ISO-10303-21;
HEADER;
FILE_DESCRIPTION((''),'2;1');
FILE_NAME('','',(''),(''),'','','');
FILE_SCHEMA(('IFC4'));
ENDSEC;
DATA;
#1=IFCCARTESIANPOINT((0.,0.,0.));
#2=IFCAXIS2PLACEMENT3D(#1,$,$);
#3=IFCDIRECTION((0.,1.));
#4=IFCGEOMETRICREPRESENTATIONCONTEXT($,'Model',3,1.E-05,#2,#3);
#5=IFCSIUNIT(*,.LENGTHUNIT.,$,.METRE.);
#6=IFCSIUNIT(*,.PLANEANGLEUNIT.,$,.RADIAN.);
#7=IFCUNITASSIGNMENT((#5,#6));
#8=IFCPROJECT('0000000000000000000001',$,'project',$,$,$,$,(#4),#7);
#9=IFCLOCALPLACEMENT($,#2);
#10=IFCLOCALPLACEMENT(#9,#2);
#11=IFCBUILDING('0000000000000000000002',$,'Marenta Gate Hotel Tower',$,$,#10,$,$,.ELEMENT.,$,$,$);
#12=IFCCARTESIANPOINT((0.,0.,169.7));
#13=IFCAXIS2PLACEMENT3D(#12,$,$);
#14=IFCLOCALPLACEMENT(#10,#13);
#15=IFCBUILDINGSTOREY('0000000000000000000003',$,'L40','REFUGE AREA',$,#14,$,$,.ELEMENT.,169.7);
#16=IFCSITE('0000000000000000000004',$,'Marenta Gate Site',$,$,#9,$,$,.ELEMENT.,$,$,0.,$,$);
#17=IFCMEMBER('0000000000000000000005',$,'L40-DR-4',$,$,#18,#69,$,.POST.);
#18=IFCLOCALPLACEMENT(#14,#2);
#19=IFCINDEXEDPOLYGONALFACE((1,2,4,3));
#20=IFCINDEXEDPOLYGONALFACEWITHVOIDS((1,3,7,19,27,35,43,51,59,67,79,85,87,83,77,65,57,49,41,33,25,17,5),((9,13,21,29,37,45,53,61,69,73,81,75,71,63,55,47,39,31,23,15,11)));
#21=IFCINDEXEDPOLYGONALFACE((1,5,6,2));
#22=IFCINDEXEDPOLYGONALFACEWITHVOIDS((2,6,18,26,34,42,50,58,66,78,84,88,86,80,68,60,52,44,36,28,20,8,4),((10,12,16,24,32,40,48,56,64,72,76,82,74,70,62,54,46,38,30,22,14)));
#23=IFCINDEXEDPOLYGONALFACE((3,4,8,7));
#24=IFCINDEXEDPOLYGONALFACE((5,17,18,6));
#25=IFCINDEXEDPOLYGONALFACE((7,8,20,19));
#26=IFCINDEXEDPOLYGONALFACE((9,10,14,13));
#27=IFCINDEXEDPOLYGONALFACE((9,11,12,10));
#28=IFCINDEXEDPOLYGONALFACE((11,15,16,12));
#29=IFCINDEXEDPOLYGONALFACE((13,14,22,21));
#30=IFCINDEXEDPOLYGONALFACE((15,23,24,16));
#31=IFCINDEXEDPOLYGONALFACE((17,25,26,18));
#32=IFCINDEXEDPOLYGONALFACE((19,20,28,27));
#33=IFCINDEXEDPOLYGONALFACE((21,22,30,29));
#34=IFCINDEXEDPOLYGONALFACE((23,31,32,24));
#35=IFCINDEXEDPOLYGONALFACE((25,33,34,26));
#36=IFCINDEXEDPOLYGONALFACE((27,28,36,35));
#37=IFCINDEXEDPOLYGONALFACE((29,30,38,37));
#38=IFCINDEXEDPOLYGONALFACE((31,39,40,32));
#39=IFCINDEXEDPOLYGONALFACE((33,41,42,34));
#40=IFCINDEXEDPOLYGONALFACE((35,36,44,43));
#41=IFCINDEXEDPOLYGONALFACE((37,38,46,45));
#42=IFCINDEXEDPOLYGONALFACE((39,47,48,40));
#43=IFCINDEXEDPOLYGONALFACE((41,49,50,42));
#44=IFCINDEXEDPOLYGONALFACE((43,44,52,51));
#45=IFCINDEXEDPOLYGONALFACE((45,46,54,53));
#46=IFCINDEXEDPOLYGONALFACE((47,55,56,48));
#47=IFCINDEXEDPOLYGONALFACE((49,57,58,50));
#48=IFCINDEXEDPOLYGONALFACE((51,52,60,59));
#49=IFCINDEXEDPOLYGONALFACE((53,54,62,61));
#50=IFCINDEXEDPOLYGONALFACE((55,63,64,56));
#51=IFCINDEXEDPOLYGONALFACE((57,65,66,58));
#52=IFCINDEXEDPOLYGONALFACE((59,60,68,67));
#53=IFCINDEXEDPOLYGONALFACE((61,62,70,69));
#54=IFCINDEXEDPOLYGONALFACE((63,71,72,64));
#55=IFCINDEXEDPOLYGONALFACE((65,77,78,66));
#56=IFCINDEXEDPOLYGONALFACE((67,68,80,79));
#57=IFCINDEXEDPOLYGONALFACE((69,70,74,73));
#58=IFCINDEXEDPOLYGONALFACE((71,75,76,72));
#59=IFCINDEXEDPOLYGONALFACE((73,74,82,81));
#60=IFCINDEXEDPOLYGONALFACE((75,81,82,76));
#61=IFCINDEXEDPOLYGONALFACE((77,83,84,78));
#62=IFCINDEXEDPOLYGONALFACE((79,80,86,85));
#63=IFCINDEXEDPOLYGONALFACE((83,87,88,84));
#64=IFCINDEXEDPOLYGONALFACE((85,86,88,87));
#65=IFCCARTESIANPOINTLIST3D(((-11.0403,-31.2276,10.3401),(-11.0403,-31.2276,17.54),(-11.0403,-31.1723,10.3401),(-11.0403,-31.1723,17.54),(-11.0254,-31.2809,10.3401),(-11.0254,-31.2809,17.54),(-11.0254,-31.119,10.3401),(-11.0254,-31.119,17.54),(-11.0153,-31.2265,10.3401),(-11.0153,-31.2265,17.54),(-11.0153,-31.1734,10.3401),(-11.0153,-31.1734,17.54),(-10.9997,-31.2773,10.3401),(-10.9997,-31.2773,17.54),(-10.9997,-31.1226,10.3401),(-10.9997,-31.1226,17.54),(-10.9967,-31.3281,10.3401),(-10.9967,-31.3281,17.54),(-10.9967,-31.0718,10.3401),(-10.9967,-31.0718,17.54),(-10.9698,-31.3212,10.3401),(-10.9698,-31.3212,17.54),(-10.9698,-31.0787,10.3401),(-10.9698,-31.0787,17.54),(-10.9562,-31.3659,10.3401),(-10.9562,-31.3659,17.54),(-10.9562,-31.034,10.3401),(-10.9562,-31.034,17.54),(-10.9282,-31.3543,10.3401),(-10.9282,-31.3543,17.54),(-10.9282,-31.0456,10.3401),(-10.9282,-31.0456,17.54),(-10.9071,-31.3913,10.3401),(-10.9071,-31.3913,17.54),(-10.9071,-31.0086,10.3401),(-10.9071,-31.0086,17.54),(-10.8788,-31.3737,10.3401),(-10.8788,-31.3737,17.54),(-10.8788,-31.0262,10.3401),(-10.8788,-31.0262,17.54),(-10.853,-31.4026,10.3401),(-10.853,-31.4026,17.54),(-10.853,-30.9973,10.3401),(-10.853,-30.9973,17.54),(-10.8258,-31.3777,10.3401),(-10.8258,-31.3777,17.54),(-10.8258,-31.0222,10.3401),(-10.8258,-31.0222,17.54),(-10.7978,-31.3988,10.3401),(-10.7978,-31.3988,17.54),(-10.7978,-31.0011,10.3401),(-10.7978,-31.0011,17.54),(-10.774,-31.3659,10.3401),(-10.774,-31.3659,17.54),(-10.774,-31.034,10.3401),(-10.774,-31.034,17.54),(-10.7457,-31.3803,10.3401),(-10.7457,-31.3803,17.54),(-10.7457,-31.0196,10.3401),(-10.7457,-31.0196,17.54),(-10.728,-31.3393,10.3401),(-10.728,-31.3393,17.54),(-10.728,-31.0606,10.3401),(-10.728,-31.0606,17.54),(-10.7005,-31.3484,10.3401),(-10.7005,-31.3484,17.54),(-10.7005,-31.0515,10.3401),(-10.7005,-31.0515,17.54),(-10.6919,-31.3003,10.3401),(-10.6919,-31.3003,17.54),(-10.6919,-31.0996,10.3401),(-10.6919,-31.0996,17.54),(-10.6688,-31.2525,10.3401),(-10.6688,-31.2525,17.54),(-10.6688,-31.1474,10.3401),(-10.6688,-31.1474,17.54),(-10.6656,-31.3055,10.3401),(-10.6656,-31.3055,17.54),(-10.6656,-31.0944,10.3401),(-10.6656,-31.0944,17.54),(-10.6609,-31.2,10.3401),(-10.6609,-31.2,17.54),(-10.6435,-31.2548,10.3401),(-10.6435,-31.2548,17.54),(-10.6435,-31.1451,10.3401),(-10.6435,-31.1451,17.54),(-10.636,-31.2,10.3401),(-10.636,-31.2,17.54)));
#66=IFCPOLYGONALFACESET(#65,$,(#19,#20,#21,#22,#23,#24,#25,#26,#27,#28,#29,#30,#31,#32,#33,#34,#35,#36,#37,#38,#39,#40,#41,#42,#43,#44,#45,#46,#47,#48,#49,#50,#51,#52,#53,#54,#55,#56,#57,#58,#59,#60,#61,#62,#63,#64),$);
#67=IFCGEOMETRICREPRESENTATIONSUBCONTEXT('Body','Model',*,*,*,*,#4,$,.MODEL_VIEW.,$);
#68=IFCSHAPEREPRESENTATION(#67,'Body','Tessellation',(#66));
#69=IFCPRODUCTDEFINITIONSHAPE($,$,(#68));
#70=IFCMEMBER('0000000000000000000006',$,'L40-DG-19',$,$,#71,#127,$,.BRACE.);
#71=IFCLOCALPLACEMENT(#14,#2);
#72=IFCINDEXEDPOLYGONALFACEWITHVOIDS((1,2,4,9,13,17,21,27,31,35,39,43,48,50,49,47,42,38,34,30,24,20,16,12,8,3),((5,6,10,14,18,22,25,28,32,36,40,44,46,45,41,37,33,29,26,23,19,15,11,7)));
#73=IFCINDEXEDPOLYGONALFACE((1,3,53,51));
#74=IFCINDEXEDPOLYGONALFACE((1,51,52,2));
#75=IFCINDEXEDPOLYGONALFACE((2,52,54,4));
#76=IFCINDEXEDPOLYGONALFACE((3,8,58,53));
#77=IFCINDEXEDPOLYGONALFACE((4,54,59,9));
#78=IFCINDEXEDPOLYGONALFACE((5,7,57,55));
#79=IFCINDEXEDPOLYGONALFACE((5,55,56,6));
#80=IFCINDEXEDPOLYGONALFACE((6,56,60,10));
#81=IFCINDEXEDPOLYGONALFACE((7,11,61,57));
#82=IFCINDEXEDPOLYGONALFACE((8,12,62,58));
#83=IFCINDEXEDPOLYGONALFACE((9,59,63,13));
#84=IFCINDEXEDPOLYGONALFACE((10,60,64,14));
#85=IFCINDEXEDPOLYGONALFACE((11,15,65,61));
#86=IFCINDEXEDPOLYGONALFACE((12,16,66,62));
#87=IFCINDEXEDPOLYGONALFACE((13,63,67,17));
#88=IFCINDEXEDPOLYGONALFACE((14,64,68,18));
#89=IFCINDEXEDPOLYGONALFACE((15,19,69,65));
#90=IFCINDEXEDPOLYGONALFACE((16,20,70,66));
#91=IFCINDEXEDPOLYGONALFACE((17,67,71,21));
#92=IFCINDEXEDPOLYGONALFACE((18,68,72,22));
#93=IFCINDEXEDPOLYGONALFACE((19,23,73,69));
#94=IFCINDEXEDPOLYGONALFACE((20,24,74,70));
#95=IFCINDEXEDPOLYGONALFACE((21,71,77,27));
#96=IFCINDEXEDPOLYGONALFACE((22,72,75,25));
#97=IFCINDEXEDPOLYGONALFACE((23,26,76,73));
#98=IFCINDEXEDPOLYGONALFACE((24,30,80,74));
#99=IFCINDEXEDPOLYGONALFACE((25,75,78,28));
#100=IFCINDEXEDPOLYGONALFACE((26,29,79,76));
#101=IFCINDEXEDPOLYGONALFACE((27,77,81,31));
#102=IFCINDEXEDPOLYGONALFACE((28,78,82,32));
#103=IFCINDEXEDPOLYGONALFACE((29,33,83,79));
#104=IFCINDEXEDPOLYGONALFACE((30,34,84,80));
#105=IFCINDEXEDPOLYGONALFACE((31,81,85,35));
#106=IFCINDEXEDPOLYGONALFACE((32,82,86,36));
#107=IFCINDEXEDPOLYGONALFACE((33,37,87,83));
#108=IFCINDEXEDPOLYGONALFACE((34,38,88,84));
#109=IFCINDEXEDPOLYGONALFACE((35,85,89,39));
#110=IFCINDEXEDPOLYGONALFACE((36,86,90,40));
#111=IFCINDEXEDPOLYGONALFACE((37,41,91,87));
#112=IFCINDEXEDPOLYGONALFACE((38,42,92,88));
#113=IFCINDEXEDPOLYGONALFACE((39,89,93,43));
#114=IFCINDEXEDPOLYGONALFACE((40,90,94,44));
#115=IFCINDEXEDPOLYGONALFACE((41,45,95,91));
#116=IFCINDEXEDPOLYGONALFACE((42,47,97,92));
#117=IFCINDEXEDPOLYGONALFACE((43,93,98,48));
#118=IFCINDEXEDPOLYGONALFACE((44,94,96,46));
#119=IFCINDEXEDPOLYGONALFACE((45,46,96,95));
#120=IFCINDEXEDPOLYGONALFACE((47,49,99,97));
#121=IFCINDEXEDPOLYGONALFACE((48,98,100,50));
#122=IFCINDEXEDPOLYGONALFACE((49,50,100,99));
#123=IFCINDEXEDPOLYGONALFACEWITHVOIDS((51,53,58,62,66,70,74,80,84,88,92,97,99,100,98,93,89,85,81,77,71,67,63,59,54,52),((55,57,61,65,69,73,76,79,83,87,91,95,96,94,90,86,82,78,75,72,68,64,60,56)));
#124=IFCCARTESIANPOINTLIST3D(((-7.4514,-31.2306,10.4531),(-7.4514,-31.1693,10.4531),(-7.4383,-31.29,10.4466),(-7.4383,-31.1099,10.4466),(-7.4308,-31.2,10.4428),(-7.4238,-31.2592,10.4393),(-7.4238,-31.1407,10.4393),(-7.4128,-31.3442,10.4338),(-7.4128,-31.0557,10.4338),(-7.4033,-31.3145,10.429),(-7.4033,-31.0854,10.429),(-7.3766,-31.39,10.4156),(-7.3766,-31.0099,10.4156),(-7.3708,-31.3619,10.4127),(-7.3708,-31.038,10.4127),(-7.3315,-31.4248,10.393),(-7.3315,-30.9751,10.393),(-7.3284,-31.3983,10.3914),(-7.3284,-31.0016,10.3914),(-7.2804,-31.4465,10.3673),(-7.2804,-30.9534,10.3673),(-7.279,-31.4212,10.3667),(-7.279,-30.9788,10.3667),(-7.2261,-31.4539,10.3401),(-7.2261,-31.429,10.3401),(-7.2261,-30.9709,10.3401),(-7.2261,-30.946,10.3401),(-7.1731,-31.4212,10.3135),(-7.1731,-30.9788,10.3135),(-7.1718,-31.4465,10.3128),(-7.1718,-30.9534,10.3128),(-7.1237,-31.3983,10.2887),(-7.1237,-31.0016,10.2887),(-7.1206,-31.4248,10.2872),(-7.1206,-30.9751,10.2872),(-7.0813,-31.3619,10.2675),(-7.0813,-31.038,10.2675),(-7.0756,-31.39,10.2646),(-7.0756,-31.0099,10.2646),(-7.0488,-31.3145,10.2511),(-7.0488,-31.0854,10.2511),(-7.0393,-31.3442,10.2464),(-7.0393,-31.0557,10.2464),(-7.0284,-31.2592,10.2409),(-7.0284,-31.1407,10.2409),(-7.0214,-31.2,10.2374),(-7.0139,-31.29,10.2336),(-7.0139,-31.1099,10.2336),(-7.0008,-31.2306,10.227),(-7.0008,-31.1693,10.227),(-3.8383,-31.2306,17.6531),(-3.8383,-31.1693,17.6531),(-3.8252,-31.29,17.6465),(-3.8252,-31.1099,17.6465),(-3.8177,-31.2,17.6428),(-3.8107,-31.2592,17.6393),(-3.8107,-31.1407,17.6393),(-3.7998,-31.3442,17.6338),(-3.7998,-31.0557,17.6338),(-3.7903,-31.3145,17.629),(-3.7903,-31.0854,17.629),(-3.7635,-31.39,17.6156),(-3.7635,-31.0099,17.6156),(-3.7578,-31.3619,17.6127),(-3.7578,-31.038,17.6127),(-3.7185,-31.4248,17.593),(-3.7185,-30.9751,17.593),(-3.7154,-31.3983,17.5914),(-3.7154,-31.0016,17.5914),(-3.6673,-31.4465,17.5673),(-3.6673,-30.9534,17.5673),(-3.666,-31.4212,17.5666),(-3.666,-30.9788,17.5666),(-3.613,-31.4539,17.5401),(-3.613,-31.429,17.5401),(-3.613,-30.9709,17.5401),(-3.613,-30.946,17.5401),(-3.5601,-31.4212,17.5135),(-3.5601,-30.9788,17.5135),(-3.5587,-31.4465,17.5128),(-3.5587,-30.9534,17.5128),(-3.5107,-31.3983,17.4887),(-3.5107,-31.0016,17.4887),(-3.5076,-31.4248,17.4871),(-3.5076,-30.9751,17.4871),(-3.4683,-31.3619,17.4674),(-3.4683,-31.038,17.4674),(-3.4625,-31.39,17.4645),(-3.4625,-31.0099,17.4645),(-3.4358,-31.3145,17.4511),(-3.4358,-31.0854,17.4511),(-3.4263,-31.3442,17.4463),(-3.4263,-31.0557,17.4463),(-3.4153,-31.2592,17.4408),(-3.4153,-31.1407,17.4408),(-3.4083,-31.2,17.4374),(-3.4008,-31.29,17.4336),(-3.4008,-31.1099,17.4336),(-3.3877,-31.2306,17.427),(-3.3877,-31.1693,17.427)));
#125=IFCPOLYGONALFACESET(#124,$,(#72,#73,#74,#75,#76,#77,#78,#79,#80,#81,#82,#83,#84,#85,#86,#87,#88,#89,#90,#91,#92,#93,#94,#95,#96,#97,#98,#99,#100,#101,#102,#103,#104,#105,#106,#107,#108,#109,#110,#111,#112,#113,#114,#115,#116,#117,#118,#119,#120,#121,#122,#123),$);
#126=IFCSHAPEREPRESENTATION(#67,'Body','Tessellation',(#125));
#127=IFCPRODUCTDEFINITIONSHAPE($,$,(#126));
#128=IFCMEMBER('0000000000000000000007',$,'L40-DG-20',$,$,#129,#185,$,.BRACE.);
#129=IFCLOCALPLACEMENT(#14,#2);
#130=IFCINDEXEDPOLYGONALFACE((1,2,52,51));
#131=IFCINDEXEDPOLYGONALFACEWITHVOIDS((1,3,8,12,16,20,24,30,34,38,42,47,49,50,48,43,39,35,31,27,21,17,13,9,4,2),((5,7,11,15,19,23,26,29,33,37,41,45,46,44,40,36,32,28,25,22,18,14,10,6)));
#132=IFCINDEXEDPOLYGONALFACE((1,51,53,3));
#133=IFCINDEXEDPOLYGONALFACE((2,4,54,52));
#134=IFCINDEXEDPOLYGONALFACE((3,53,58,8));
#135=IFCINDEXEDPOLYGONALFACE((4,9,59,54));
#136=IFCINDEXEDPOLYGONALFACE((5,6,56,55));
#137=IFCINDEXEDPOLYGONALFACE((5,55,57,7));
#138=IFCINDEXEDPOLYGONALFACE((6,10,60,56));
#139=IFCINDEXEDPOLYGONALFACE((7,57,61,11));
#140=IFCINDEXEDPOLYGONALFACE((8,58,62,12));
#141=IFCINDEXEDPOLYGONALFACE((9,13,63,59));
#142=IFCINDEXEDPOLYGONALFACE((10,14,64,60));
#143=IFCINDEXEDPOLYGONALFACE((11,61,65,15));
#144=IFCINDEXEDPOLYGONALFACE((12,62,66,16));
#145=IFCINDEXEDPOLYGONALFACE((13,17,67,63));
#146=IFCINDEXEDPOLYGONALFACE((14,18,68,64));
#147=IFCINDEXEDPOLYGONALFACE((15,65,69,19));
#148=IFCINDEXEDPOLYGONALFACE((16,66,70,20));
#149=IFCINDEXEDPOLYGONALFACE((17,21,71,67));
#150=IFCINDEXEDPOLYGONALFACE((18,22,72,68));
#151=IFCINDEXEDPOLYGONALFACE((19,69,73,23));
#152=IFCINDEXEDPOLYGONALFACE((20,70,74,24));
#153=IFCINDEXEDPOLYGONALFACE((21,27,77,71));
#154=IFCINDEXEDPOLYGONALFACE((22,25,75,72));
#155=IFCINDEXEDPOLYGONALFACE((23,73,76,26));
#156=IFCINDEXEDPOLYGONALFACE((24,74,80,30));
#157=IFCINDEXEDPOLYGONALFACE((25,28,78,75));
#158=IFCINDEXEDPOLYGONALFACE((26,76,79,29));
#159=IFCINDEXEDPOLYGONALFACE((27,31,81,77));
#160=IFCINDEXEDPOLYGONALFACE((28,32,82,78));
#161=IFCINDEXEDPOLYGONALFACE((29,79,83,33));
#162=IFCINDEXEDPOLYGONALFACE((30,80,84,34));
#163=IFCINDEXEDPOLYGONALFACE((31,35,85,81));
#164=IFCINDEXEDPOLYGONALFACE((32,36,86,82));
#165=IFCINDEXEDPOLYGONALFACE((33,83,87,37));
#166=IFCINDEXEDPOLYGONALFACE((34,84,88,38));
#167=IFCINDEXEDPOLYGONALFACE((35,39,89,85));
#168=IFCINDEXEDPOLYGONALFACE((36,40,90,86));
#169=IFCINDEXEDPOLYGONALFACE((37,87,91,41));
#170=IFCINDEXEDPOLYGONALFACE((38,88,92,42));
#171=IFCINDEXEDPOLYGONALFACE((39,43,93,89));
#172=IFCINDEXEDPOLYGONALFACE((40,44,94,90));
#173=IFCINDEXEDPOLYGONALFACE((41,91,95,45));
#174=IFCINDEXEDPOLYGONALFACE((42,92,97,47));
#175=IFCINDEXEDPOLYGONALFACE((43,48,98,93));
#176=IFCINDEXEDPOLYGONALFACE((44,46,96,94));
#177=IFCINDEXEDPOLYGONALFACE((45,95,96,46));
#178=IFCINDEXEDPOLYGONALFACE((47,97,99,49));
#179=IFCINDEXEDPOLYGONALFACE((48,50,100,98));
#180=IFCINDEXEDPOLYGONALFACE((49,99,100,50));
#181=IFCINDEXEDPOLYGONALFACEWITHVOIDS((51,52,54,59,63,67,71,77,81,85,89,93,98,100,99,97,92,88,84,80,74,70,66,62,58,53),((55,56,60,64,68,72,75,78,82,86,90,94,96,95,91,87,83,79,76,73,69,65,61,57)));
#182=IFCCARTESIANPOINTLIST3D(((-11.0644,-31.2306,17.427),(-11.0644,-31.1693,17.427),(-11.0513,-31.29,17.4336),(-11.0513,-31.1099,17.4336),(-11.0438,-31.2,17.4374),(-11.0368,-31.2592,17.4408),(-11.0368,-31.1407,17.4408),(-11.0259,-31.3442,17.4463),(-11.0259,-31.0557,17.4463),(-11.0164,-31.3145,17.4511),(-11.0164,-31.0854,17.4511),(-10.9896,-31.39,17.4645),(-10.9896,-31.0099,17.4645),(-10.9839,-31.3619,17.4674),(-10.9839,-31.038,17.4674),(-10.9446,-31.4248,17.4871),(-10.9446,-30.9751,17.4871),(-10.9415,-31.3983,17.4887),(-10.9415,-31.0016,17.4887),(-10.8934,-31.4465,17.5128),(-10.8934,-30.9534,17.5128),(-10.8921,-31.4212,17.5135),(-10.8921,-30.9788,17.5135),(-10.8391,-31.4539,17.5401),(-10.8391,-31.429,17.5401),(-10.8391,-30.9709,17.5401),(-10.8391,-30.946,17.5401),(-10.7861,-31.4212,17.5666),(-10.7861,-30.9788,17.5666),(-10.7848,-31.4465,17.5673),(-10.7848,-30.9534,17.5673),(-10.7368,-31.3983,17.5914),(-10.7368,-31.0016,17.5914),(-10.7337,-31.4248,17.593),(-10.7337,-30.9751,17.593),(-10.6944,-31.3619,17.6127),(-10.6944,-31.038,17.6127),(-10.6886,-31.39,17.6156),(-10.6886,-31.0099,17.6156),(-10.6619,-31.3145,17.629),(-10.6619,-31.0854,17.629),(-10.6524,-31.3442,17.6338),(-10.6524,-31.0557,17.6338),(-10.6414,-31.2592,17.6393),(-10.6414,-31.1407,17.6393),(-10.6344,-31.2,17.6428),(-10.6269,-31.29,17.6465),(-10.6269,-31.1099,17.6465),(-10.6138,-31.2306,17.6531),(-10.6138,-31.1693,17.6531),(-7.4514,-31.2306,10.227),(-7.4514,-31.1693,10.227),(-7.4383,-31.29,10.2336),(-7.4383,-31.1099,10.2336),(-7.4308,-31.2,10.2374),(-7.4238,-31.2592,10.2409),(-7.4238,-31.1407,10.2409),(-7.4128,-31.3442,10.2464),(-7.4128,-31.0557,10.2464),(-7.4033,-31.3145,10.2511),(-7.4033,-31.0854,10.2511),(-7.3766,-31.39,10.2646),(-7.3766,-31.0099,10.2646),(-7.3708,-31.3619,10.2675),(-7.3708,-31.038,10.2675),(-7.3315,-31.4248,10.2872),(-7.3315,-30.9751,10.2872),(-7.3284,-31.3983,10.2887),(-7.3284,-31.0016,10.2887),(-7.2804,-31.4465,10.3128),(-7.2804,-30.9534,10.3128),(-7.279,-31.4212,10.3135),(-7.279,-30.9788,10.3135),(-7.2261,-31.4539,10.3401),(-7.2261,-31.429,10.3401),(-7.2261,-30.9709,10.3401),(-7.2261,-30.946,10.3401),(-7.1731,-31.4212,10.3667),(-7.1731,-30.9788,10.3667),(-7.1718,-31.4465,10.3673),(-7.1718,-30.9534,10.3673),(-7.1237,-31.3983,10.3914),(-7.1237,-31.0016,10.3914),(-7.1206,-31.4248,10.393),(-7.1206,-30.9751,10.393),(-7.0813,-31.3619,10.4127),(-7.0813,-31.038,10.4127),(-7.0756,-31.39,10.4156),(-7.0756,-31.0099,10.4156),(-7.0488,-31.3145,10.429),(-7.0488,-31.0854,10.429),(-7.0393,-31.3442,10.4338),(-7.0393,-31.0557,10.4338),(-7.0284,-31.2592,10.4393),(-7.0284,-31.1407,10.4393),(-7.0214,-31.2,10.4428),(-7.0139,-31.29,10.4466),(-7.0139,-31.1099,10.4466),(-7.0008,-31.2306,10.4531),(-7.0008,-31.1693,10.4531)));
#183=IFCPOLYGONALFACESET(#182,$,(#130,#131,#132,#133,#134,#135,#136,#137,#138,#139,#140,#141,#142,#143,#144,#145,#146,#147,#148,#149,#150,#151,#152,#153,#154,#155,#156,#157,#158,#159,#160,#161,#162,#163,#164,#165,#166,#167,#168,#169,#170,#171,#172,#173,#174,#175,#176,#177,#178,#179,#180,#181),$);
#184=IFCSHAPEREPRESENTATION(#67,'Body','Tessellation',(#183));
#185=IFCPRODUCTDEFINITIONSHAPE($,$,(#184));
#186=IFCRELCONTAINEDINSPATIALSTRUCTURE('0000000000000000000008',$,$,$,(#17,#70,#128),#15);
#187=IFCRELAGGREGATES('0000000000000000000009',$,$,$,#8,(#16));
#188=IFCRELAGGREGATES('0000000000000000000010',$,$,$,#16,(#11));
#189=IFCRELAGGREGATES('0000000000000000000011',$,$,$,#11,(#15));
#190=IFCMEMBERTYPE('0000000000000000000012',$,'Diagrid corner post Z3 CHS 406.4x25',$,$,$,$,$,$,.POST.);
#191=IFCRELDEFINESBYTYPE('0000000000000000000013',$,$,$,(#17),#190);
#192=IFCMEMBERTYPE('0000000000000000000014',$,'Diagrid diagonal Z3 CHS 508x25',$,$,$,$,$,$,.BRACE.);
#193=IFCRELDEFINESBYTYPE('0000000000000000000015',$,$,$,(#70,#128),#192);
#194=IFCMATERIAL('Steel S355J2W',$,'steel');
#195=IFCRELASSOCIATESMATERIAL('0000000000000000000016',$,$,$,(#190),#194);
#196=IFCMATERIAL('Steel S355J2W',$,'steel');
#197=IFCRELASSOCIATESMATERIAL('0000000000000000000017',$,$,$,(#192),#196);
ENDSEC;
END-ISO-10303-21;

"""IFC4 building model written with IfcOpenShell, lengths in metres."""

from ifc_helpers import new_model, si_unit, direction, frame, origin, origin_2d, place, context, subcontext, project, spatial, hollow_circle, extrude, material, material_profile, profile_set, type_object, element, save


model = new_model("IFC4")

# Units and contexts
model_context = context("Model", 3, precision=1e-05, world=origin(), true_north=direction((0.0, 1.0)))
body_context = subcontext(model_context, "Body", "Model", "MODEL_VIEW")
ifc_project = project(units=[si_unit("LENGTHUNIT", "METRE"), si_unit("PLANEANGLEUNIT", "RADIAN")], contexts=[model_context])

# Site, building, storey
site_placement = place(None, origin())
site = spatial("IfcSite", under=ifc_project, at=site_placement, Name="Marenta Gate Site", CompositionType="ELEMENT", RefElevation=0.0)
building_placement = place(site_placement, origin())
building = spatial("IfcBuilding", under=site, at=building_placement, Name="Marenta Gate Hotel Tower", CompositionType="ELEMENT")
storey_placement = place(building_placement, frame((0.0, 0.0, 169.7)))
storey = spatial("IfcBuildingStorey", under=building, at=storey_placement, Name="L40", Description="REFUGE AREA", CompositionType="ELEMENT", Elevation=169.7)

# Members
ifc_material_1 = material(Name="Steel S355J2W", Category="steel")
ifc_material_profile_1 = material_profile(ifc_material_1, hollow_circle(Radius=0.2031, WallThickness=0.0249, at=origin_2d()), Name="CHS 406.4x25")
ifc_profile_set_1 = profile_set([ifc_material_profile_1], Name="Steel S355J2W")
member_type_1 = type_object("IfcMemberType", Name="Diagrid corner post Z3 CHS 406.4x25", PredefinedType="POST", material=ifc_profile_set_1)
member_1_placement = place(storey_placement, frame((-10.8391, -31.2, 10.3401), z_axis=(0.0, 0.0, 1.0), x_axis=(1.0, 0.0, 0.0)))
element("IfcMember", 1, at=member_1_placement, inside=storey, type_object=member_type_1, Name="L40-DR-4", PredefinedType="POST", context=body_context, shape_type="SweptSolid", body=[
    extrude(hollow_circle(Radius=0.2031, WallThickness=0.0249, at=origin_2d()), origin(), (0.0, 0.0, 1.0), 7.2),
])
ifc_material_2 = material(Name="Steel S355J2W", Category="steel")
ifc_material_profile_2 = material_profile(ifc_material_2, hollow_circle(Radius=0.2539, WallThickness=0.0249, at=origin_2d()), Name="CHS 508x25")
ifc_profile_set_2 = profile_set([ifc_material_profile_2], Name="Steel S355J2W")
member_type_2 = type_object("IfcMemberType", Name="Diagrid diagonal Z3 CHS 508x25", PredefinedType="BRACE", material=ifc_profile_set_2)
for number, where, z_axis, x_axis, name in (
    (2, (-7.2261, -31.2, 10.3401), (0.44851, 0.0, 0.893778), (0.0, 1.0, 0.0), "L40-DG-19"),
    (3, (-7.2261, -31.2, 10.3401), (-0.44851, 0.0, 0.893778), (0.0, -1.0, 0.0), "L40-DG-20"),
):
    element("IfcMember", number, at=place(storey_placement, frame(where, z_axis=z_axis, x_axis=x_axis)), inside=storey, type_object=member_type_2, Name=name, PredefinedType="BRACE", context=body_context, shape_type="SweptSolid", body=[
        extrude(hollow_circle(Radius=0.2539, WallThickness=0.0249, at=origin_2d()), origin(), (0.0, 0.0, 1.0), 8.0557),
    ])

save(model, "model.ifc")
